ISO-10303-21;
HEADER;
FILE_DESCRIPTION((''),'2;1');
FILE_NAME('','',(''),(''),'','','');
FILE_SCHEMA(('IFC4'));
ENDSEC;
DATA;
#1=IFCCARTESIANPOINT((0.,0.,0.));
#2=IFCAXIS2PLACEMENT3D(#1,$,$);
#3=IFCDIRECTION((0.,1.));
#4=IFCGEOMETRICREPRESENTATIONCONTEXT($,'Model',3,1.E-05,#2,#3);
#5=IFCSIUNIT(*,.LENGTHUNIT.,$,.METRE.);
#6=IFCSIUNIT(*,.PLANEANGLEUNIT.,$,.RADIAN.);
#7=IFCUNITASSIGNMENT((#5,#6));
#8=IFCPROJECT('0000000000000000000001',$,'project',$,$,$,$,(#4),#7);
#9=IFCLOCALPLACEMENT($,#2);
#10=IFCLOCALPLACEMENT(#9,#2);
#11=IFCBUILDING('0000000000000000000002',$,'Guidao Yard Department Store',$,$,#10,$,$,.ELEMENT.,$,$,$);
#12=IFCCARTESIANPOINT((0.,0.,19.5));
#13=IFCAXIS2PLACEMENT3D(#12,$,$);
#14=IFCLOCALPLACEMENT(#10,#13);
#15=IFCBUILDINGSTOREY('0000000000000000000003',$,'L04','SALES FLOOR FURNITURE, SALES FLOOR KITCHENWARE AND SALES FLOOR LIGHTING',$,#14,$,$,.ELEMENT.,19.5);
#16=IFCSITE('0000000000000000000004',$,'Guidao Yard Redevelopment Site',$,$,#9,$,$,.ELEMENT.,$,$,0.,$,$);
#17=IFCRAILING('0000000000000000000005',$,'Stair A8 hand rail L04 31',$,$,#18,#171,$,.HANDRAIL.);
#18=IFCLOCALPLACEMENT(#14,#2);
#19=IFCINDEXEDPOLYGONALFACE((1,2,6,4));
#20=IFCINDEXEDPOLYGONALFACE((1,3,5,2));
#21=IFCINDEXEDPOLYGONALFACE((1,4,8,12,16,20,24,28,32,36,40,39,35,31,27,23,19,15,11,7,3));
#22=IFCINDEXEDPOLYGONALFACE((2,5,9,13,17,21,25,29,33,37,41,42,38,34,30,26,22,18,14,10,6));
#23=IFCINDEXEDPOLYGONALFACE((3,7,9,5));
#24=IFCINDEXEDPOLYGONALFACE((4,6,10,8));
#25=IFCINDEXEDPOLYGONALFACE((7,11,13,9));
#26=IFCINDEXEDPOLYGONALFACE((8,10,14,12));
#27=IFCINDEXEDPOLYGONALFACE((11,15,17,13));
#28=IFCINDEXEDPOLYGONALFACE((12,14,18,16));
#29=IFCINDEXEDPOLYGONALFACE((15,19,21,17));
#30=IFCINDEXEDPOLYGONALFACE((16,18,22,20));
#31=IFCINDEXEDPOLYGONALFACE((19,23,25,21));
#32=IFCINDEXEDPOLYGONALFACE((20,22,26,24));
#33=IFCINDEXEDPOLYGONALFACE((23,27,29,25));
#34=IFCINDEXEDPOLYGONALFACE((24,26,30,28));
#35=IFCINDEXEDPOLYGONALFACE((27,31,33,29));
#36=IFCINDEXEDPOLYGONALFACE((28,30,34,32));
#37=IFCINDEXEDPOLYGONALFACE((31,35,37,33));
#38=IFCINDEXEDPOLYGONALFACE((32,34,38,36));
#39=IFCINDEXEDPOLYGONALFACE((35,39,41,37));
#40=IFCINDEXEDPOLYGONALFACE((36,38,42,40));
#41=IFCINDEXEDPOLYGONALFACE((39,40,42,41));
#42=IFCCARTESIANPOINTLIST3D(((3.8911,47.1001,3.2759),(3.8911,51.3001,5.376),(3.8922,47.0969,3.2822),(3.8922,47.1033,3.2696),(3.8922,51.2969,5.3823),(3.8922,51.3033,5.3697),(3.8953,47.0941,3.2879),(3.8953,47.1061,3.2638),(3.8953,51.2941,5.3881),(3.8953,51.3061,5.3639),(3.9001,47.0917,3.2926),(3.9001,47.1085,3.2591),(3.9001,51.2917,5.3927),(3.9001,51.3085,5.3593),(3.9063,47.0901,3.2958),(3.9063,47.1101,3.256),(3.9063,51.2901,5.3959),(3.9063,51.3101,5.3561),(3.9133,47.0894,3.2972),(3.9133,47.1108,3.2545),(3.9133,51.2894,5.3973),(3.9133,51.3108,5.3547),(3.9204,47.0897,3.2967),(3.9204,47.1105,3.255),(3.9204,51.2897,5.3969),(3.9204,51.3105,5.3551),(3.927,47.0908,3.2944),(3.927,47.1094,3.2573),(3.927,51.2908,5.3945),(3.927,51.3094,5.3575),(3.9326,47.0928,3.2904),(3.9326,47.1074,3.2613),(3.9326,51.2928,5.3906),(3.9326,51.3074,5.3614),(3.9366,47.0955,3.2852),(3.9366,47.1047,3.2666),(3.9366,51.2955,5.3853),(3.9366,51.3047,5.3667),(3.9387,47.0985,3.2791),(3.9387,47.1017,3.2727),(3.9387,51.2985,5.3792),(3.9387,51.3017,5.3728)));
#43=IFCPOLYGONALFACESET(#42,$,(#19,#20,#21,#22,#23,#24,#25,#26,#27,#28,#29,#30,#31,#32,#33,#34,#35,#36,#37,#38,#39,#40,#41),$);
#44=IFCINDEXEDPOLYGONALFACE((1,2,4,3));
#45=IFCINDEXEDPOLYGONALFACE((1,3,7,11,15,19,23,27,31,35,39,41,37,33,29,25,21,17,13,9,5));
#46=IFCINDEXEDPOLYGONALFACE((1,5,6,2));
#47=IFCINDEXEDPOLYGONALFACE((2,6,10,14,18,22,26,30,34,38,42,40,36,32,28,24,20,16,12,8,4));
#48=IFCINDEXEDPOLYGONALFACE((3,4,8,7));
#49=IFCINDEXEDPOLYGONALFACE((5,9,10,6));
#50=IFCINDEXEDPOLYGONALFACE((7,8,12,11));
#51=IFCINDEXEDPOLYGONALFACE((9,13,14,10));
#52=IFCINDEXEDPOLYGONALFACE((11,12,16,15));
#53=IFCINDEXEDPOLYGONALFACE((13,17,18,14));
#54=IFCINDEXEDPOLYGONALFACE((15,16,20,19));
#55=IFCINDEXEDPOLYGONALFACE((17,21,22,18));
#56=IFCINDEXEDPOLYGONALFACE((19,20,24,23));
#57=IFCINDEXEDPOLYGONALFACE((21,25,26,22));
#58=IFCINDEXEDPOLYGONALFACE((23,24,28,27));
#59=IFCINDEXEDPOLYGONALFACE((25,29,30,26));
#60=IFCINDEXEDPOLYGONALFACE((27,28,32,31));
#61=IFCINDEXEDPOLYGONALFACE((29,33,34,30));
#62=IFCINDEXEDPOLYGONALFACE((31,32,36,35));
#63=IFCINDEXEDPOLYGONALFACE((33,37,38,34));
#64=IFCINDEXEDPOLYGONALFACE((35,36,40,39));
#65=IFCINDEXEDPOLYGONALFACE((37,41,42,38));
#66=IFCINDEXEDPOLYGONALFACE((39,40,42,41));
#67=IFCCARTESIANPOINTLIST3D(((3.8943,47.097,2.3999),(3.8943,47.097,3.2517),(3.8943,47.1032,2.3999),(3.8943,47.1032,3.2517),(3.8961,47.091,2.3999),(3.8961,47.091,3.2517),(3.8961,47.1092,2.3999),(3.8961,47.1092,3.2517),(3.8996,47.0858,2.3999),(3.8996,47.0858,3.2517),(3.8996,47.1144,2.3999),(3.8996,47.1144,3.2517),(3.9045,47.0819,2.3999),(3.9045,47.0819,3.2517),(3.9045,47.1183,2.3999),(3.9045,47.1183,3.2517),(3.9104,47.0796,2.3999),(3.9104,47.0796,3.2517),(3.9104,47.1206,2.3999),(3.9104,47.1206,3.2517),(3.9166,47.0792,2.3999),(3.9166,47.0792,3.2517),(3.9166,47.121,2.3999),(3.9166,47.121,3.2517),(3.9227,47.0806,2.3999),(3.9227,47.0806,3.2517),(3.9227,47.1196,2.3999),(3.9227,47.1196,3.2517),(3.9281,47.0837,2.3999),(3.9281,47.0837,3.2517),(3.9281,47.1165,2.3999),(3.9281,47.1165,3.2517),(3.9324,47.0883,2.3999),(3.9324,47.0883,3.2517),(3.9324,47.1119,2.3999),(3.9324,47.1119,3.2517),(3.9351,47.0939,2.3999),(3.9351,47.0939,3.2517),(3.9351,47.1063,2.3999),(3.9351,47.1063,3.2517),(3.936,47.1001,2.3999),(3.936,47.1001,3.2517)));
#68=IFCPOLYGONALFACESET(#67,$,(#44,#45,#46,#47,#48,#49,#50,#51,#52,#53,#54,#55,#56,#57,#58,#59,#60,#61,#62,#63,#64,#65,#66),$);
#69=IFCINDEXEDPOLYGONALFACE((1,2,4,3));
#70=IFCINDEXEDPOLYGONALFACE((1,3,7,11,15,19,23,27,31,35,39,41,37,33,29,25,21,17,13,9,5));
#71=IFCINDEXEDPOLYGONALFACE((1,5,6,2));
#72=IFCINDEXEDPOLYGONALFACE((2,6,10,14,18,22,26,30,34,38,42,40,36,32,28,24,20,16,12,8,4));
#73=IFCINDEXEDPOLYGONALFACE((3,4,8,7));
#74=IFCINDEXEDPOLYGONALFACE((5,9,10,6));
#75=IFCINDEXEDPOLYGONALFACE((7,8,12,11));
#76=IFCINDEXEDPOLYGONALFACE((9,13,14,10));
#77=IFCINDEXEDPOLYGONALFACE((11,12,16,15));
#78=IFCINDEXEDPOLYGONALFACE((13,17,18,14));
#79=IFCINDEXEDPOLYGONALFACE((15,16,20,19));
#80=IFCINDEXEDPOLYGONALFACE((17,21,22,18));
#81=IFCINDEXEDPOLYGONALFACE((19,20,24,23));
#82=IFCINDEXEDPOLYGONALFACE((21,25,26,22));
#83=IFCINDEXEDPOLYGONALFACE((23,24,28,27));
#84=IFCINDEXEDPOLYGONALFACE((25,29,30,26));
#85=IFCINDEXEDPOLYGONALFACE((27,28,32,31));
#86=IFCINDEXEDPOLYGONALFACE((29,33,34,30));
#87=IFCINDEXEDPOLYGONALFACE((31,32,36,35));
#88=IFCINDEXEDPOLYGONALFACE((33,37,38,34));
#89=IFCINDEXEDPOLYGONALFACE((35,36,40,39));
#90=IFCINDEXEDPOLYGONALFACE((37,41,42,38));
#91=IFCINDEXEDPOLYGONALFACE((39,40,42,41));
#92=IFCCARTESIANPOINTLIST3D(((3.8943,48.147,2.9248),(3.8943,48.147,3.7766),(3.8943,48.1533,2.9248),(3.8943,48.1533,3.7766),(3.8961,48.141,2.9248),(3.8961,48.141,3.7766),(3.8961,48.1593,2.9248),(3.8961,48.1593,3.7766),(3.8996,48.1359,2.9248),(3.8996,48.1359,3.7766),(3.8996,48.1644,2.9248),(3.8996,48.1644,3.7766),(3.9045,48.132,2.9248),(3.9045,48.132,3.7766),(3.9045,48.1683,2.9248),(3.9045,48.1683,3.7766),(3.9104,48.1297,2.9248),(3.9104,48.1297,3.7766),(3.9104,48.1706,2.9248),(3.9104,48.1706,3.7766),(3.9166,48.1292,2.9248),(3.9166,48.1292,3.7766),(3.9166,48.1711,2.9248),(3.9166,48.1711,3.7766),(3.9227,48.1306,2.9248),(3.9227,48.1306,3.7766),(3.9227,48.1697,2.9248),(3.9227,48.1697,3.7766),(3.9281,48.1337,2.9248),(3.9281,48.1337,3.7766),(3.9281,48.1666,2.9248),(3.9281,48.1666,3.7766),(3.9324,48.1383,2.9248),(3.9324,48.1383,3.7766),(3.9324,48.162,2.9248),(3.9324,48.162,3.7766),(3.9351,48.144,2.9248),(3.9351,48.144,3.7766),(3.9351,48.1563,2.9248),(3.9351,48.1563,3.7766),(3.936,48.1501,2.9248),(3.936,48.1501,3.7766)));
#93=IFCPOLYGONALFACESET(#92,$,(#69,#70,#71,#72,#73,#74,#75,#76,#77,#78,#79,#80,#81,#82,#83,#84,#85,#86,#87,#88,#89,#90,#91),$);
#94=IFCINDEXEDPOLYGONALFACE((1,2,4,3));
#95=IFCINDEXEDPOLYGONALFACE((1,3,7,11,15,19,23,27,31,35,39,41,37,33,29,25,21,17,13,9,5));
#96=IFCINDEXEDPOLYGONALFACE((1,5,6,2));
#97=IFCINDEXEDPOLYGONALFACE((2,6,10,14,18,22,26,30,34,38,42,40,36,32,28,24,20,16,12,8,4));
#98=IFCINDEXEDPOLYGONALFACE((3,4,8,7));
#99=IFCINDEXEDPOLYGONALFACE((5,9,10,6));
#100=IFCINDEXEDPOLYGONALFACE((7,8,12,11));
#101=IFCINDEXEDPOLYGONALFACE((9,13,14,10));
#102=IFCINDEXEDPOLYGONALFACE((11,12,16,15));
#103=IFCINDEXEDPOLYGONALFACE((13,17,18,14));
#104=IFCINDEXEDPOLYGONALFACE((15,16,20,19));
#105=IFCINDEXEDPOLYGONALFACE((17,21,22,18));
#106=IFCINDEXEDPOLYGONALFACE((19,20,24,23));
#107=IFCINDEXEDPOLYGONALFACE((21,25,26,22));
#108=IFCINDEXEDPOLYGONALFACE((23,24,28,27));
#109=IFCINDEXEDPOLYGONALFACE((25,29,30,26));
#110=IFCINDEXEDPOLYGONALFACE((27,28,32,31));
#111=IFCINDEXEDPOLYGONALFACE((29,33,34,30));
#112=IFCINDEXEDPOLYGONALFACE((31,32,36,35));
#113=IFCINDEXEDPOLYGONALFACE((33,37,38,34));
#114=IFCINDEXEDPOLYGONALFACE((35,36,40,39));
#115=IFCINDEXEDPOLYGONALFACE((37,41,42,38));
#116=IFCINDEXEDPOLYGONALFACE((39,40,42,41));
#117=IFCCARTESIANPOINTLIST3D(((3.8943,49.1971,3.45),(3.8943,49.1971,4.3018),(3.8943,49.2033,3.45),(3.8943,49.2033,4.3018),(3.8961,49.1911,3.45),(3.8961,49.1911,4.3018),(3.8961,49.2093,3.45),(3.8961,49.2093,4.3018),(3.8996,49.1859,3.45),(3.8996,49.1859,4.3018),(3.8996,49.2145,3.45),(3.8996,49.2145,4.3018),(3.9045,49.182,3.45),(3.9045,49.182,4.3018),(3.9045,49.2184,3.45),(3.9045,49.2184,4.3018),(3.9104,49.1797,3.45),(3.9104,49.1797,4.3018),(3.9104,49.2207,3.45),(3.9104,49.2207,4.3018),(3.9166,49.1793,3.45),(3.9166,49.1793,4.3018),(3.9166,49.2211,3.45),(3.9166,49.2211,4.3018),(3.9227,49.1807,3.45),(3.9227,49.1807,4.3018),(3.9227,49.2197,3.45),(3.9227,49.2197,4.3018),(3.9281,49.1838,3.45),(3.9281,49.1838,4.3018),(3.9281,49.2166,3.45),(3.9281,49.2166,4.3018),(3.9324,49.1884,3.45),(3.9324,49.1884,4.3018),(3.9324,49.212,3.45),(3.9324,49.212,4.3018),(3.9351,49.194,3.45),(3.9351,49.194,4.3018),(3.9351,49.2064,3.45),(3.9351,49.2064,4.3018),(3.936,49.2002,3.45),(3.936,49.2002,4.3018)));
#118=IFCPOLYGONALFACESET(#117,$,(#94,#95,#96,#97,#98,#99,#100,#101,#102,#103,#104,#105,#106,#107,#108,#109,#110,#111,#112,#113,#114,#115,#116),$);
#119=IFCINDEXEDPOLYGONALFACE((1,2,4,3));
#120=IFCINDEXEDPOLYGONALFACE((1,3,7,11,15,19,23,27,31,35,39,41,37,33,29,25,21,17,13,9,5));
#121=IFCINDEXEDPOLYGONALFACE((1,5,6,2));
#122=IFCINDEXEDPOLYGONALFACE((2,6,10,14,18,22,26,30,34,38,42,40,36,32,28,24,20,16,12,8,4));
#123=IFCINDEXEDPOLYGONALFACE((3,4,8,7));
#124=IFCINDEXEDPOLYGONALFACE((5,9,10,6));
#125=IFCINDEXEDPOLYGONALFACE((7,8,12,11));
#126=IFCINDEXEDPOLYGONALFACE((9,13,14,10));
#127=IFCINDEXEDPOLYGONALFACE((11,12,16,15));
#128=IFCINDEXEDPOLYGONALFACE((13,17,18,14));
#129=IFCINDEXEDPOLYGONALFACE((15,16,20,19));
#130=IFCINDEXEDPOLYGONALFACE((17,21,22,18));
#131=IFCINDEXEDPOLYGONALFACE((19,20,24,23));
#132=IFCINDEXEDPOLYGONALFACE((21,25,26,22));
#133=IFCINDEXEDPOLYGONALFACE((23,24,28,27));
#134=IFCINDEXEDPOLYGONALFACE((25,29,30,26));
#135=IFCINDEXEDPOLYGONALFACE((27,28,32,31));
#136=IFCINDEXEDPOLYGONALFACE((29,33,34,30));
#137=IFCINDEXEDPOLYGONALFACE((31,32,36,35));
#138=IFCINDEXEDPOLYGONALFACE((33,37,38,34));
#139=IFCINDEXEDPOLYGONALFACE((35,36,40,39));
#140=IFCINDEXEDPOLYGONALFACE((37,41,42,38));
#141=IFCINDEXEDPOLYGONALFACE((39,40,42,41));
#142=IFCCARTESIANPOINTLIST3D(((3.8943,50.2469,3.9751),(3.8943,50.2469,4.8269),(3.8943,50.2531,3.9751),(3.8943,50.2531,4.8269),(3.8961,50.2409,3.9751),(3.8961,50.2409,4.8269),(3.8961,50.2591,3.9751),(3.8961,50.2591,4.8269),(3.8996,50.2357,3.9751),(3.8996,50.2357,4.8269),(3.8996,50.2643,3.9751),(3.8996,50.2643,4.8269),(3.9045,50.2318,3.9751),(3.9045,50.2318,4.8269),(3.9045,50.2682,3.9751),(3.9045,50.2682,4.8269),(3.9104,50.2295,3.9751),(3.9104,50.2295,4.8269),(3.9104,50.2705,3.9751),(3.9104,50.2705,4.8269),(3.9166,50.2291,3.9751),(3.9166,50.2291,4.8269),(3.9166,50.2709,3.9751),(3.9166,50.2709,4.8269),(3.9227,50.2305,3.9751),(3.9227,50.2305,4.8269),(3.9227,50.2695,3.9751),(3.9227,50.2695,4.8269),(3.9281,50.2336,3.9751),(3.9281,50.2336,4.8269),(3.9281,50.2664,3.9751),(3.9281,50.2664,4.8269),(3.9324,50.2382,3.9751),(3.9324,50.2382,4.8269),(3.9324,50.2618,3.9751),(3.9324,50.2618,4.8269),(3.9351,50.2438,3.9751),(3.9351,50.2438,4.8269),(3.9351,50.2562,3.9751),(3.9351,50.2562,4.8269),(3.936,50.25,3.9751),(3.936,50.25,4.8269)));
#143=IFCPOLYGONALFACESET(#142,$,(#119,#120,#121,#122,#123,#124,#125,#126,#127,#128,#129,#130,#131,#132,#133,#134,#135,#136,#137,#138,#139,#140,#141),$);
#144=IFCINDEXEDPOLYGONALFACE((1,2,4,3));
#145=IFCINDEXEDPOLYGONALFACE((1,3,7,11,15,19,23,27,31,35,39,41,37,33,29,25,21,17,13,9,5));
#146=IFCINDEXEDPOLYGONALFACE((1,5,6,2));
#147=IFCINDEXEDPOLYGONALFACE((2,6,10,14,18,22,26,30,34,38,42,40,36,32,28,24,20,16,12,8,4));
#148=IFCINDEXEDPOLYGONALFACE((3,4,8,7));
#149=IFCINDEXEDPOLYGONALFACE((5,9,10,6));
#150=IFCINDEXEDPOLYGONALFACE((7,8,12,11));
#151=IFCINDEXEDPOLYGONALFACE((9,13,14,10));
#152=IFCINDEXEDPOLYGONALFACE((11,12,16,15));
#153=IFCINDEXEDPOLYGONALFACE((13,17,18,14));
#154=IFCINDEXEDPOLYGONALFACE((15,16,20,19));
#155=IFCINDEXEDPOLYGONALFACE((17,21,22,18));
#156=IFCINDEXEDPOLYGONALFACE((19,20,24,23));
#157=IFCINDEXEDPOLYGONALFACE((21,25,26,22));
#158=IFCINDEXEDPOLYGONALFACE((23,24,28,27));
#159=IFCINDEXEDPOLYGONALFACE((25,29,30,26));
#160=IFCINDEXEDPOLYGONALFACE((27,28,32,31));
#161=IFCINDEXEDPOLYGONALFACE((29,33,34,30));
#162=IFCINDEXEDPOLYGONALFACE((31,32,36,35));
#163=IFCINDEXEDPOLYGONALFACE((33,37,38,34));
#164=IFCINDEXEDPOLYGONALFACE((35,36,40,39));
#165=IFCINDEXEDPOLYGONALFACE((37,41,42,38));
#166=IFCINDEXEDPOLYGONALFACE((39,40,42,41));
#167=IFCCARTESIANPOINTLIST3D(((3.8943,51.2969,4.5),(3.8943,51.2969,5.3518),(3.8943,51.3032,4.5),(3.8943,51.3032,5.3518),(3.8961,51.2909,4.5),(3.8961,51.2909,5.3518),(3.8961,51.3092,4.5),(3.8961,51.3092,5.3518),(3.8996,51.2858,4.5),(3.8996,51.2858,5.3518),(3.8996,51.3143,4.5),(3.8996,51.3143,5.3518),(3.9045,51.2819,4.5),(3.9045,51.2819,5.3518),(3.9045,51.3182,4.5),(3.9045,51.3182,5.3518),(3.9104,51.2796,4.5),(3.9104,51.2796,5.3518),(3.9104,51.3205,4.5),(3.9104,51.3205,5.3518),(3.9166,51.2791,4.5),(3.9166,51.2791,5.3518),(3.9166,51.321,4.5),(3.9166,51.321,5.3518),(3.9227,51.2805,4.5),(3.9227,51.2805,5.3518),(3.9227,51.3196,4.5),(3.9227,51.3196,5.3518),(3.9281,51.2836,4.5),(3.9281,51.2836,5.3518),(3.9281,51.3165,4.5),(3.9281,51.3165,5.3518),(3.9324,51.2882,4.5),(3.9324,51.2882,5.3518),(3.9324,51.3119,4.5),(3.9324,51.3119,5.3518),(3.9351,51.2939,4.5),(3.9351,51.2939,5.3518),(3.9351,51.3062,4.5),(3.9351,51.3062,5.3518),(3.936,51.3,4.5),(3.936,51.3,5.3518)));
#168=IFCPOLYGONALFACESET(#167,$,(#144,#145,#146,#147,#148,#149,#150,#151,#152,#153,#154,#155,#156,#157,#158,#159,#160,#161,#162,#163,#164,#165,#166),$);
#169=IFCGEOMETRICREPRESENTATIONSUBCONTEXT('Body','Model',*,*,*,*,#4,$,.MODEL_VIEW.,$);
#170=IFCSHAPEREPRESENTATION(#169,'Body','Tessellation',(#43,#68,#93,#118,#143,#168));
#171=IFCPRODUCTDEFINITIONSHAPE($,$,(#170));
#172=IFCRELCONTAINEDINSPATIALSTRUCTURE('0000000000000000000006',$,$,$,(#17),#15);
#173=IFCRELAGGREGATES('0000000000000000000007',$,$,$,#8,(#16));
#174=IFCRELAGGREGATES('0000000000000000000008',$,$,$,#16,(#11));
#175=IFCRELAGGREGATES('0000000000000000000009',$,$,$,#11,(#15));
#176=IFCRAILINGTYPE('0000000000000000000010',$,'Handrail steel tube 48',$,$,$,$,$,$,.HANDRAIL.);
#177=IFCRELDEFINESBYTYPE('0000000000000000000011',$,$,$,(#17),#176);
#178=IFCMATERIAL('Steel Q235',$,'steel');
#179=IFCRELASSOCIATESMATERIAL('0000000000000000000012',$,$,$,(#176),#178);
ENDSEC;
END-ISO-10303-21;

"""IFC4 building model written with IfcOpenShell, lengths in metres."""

from ifc_helpers import new_model, si_unit, direction, frame, origin, origin_2d, place, context, subcontext, project, spatial, circle, extrude, material, type_object, element, save


model = new_model("IFC4")

# Units and contexts
model_context = context("Model", 3, precision=1e-05, world=origin(), true_north=direction((0.0, 1.0)))
body_context = subcontext(model_context, "Body", "Model", "MODEL_VIEW")
ifc_project = project(units=[si_unit("LENGTHUNIT", "METRE"), si_unit("PLANEANGLEUNIT", "RADIAN")], contexts=[model_context])

# Site, building, storey
site_placement = place(None, origin())
site = spatial("IfcSite", under=ifc_project, at=site_placement, Name="Guidao Yard Redevelopment Site", CompositionType="ELEMENT", RefElevation=0.0)
building_placement = place(site_placement, origin())
building = spatial("IfcBuilding", under=site, at=building_placement, Name="Guidao Yard Department Store", CompositionType="ELEMENT")
storey_placement = place(building_placement, frame((0.0, 0.0, 19.5)))
storey = spatial("IfcBuildingStorey", under=building, at=storey_placement, Name="L04", Description="SALES FLOOR FURNITURE, SALES FLOOR KITCHENWARE AND SALES FLOOR LIGHTING", CompositionType="ELEMENT", Elevation=19.5)

# Railing
ifc_material_1 = material(Name="Steel Q235", Category="steel")
railing_type_1 = type_object("IfcRailingType", Name="Handrail steel tube 48", PredefinedType="HANDRAIL", material=ifc_material_1)
for number, where, name in (
    (1, (3.915, 47.1001, 2.3999), "Stair A8 hand rail L04 31"),
):
    element("IfcRailing", number, at=place(storey_placement, frame(where)), inside=storey, type_object=railing_type_1, Name=name, PredefinedType="HANDRAIL", context=body_context, shape_type="SweptSolid", body=[
        extrude(circle(Radius=0.0239, at=origin_2d()), frame((0.0, 0.0, 0.876), z_axis=(0.0, 0.894417, 0.447234), x_axis=(-1.0, 0.0, 0.0)), (0.0, 0.0, 1.0), 4.6958),
        extrude(circle(Radius=0.021, at=origin_2d()), origin(), (0.0, 0.0, 1.0), 0.8518),
        extrude(circle(Radius=0.021, at=origin_2d()), frame((0.0, 1.05, 0.5249)), (0.0, 0.0, 1.0), 0.8518),
        extrude(circle(Radius=0.021, at=origin_2d()), frame((0.0, 2.1001, 1.05)), (0.0, 0.0, 1.0), 0.8518),
        extrude(circle(Radius=0.021, at=origin_2d()), frame((0.0, 3.1499, 1.5752)), (0.0, 0.0, 1.0), 0.8518),
        extrude(circle(Radius=0.021, at=origin_2d()), frame((0.0, 4.2, 2.1001)), (0.0, 0.0, 1.0), 0.8518),
    ])

save(model, "model.ifc")
